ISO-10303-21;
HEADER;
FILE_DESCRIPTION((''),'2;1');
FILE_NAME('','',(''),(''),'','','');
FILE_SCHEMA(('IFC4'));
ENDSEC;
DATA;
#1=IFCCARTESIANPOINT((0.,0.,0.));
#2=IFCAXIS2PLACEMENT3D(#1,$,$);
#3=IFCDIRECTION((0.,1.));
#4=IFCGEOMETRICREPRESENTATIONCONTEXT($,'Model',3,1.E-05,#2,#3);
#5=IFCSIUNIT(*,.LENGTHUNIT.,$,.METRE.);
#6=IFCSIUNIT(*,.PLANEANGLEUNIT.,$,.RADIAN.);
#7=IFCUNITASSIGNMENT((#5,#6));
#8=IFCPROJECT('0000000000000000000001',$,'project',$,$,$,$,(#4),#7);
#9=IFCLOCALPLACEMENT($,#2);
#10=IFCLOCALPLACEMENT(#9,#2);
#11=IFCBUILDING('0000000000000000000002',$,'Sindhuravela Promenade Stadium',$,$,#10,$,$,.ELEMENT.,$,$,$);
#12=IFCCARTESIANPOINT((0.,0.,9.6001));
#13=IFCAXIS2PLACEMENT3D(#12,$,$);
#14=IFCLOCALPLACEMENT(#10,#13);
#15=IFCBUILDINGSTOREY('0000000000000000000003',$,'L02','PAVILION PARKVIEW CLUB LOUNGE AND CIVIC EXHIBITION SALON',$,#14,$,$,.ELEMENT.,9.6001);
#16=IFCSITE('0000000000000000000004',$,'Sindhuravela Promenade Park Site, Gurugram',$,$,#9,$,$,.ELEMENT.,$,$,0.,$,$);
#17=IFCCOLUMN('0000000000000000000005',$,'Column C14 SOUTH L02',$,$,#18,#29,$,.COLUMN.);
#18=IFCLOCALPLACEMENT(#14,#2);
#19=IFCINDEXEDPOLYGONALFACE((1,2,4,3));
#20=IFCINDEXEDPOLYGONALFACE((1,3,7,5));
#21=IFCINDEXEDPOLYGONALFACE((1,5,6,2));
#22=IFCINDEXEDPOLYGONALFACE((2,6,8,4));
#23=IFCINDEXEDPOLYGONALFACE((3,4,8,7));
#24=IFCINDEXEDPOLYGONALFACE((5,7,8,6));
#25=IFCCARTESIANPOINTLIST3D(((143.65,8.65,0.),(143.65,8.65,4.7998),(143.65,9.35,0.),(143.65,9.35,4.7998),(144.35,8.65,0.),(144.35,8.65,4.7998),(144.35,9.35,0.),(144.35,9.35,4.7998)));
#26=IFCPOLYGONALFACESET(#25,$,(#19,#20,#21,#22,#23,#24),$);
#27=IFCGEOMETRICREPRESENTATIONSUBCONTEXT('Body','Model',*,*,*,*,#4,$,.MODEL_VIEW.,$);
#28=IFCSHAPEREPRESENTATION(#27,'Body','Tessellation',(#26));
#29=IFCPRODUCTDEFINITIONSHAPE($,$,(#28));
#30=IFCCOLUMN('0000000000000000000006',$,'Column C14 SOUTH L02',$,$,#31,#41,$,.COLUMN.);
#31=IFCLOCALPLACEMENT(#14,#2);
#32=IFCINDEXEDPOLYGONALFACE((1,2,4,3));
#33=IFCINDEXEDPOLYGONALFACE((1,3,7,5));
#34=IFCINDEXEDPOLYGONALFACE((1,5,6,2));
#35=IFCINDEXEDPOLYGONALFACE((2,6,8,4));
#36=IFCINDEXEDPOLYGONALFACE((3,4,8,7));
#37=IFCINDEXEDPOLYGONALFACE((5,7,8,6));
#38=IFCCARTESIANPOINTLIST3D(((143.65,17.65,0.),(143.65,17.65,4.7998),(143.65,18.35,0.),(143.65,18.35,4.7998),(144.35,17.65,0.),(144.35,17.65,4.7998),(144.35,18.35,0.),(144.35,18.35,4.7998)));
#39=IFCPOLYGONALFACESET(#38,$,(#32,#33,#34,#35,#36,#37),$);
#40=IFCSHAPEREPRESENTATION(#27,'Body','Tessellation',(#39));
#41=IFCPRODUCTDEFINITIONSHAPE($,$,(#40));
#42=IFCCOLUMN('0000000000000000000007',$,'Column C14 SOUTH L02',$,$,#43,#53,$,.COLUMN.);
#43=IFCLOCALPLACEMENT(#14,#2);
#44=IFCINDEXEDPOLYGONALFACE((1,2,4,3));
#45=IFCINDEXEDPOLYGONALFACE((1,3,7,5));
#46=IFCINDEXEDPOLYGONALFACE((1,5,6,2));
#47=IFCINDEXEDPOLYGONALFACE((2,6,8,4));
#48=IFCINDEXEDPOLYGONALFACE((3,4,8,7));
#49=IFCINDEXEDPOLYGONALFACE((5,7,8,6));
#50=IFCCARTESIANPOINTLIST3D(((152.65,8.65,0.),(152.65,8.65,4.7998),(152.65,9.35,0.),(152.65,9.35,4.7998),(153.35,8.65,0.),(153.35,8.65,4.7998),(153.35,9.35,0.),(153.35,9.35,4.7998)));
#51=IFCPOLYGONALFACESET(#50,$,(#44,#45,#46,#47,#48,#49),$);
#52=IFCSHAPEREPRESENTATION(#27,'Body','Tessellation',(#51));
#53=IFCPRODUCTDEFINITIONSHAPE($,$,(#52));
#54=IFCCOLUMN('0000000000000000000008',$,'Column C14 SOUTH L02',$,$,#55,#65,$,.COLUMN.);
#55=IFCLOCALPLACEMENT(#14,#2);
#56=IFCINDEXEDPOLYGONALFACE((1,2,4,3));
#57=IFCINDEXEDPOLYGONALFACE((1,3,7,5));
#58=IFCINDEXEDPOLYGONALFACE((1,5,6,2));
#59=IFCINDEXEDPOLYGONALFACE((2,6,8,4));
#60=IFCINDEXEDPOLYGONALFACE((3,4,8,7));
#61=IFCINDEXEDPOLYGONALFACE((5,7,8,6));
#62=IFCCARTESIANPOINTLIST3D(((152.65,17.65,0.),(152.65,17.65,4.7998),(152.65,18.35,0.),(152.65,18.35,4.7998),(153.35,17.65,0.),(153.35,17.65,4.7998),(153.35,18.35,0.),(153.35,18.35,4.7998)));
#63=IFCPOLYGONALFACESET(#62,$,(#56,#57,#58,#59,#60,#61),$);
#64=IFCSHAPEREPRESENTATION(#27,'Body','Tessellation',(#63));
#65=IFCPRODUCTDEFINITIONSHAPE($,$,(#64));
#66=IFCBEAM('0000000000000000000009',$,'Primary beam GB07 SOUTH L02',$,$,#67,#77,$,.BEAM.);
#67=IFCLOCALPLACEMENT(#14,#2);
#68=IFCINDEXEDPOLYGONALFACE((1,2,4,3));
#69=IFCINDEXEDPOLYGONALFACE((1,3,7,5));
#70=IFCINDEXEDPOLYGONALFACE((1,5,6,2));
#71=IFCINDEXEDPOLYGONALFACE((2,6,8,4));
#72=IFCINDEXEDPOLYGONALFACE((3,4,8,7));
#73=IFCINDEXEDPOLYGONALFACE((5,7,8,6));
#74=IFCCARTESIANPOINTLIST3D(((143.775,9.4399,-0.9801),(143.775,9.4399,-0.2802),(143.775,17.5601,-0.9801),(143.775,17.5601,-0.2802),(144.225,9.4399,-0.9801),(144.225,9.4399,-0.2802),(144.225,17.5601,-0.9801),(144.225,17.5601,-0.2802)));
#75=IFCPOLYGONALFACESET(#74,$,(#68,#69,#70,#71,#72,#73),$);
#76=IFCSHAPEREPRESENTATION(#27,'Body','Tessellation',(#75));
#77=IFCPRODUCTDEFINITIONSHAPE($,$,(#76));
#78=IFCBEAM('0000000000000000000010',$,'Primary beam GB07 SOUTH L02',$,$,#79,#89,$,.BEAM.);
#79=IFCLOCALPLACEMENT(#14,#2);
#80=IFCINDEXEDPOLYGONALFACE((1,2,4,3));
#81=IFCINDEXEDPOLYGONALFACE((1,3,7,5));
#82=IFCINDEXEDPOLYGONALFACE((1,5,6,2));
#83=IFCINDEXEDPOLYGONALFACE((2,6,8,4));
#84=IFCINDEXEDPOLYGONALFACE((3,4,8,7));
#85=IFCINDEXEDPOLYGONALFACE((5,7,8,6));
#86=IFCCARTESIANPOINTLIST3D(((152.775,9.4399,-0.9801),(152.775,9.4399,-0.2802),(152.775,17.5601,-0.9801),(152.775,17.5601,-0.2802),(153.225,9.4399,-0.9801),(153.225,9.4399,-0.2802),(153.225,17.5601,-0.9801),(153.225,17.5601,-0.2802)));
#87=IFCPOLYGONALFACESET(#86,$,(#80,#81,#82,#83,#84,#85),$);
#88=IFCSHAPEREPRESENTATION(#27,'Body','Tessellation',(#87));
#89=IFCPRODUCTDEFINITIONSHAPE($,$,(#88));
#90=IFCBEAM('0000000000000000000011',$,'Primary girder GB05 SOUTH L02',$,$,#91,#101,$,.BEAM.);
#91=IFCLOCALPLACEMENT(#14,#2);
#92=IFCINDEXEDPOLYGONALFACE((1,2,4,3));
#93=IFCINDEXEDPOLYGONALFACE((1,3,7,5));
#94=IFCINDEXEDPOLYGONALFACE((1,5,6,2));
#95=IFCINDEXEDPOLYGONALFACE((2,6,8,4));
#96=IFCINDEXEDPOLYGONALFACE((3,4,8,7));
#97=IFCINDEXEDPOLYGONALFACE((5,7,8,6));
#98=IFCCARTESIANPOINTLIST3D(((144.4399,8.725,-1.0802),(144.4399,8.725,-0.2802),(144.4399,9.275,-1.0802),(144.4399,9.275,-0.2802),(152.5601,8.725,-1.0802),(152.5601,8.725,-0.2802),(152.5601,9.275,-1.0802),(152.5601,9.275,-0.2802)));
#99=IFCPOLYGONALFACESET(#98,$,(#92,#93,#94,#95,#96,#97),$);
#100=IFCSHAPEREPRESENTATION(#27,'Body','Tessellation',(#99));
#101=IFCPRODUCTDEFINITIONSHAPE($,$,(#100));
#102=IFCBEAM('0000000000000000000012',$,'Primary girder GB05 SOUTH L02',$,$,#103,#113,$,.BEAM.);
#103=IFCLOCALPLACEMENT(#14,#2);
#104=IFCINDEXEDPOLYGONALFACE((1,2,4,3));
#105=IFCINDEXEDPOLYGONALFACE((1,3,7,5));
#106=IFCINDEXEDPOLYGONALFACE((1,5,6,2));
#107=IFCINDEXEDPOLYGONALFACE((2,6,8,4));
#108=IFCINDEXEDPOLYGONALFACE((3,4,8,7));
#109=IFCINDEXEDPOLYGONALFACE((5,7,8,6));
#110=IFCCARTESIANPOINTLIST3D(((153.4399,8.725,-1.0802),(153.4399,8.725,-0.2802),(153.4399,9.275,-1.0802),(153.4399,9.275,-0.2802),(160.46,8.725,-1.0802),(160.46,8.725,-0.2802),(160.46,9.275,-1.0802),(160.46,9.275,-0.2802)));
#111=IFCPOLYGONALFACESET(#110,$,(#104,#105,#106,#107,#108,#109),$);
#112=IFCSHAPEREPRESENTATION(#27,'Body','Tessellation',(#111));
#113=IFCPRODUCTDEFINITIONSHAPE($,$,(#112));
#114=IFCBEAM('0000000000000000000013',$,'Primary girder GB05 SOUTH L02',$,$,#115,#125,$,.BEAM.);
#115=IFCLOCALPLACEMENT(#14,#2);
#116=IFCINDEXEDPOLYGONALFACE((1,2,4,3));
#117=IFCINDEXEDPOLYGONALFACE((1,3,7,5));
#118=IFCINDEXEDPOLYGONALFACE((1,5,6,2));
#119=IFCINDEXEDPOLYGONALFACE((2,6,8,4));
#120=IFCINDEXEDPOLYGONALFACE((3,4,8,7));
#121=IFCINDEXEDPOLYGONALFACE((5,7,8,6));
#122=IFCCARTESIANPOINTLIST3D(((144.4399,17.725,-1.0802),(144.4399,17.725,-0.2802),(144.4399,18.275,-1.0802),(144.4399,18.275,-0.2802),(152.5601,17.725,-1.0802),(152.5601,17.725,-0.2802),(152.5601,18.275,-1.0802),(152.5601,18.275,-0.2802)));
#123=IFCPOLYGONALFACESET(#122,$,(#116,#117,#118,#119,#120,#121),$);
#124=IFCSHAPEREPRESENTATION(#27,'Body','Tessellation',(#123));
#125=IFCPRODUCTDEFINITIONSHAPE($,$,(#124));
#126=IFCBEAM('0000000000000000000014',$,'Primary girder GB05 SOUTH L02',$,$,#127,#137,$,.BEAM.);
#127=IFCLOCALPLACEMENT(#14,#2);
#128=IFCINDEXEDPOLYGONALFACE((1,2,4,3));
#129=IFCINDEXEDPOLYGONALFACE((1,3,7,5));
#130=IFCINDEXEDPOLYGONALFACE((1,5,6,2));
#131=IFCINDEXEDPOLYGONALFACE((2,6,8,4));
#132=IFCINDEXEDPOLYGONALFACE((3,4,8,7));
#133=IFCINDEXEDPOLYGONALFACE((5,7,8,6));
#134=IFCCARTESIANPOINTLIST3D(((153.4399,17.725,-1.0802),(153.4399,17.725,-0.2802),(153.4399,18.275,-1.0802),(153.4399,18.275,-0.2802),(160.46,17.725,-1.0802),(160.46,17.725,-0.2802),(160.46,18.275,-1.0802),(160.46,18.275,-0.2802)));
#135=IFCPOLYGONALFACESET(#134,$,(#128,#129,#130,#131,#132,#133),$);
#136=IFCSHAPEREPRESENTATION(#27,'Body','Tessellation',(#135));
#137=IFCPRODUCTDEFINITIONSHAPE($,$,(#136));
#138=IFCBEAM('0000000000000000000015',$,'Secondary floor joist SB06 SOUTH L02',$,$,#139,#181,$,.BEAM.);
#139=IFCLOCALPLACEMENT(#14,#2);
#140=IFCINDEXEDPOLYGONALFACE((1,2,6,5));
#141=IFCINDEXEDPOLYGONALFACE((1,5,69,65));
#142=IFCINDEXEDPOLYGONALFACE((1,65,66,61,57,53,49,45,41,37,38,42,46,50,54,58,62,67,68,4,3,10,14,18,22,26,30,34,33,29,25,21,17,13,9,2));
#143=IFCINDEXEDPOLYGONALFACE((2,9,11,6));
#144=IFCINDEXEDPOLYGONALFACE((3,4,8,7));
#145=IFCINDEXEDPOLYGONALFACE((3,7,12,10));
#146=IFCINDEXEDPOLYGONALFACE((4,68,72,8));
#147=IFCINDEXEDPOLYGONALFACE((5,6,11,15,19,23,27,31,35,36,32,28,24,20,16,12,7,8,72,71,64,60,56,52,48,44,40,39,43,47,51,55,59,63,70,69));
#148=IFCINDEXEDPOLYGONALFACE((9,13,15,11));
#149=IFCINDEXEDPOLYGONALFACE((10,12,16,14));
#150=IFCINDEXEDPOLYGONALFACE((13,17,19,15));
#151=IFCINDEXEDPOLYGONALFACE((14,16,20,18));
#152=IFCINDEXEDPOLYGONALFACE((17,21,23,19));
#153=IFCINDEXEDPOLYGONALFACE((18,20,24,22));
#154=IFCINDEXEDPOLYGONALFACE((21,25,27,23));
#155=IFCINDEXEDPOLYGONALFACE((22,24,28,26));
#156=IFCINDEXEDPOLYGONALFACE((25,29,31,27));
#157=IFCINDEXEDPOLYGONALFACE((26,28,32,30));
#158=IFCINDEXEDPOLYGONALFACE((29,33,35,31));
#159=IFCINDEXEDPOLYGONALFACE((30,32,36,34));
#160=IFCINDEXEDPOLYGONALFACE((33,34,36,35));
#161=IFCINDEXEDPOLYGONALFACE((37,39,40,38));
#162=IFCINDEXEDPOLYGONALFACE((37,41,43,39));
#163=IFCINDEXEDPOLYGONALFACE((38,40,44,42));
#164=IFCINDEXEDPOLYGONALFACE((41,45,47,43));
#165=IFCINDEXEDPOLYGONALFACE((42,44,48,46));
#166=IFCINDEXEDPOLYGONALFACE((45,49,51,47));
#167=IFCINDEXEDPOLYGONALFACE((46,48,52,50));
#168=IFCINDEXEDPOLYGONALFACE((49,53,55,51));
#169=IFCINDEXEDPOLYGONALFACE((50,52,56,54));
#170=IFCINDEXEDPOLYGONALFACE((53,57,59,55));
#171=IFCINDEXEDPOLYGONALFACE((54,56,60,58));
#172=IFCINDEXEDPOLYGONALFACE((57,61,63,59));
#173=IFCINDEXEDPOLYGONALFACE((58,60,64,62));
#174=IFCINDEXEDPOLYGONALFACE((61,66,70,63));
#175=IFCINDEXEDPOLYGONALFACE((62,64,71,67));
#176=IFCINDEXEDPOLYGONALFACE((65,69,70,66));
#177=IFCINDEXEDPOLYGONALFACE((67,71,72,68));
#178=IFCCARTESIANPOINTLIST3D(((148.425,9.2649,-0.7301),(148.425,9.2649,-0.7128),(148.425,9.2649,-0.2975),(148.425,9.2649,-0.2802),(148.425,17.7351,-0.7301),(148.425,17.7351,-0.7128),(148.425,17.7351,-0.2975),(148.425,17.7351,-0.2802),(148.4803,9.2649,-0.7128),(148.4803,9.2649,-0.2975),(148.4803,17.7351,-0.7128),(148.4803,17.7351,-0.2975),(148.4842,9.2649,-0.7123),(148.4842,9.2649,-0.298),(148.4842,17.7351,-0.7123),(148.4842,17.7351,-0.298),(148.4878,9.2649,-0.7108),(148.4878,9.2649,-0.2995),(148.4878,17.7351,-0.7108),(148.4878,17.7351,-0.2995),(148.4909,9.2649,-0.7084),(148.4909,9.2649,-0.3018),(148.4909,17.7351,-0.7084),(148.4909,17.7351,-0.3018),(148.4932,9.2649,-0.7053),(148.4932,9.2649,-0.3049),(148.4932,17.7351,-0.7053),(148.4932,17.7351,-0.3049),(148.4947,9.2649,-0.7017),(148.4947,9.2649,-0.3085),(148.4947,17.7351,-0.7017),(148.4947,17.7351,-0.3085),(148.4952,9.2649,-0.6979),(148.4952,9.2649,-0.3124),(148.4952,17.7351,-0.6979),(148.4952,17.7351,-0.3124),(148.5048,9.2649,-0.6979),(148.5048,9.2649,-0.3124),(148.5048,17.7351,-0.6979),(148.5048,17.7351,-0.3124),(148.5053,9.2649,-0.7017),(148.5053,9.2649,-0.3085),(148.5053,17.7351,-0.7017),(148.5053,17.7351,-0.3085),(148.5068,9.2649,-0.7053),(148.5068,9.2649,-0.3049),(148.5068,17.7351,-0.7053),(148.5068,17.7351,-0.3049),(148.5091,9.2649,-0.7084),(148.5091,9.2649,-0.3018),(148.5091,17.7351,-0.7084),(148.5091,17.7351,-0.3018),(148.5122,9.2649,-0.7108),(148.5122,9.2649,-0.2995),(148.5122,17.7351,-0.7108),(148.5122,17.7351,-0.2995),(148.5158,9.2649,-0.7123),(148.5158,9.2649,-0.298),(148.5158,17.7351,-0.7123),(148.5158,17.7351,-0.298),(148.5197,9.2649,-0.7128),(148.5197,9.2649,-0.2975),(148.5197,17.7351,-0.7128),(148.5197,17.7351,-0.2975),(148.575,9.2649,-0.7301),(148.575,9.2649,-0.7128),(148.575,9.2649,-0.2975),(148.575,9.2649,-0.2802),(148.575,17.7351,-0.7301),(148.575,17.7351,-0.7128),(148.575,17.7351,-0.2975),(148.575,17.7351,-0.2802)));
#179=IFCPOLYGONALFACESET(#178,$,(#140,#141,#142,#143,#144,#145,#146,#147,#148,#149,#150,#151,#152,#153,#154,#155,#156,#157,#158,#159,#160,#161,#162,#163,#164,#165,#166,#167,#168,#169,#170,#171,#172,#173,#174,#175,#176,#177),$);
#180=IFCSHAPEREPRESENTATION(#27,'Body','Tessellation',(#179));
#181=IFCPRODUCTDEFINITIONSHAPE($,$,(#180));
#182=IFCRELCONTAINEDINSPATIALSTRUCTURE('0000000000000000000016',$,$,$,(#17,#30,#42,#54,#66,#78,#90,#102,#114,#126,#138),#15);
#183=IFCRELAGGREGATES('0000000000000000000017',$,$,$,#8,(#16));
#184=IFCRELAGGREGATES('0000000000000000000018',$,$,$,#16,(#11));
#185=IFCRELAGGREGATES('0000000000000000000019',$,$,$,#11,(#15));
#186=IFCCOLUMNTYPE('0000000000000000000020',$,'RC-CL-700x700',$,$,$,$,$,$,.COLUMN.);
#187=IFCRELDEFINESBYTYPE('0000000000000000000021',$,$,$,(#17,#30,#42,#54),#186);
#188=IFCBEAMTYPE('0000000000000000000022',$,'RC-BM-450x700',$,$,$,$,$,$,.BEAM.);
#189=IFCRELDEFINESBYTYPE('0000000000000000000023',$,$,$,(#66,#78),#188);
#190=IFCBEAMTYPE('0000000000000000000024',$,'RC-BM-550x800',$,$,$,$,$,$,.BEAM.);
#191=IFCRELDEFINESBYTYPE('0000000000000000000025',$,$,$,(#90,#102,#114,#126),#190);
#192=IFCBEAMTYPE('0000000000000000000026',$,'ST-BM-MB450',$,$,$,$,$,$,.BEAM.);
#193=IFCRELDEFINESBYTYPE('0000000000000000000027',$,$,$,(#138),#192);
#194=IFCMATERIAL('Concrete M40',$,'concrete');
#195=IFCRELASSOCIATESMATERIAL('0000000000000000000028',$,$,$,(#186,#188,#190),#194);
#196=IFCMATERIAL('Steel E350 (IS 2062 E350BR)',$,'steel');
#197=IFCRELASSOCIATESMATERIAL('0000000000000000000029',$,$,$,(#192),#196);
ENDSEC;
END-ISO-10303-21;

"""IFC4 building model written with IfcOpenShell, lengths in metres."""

from ifc_helpers import new_model, si_unit, direction, frame, origin, origin_2d, place, context, subcontext, project, spatial, rectangle, i_section, extrude, material, material_profile, profile_set, type_object, element, save


model = new_model("IFC4")

# Units and contexts
model_context = context("Model", 3, precision=1e-05, world=origin(), true_north=direction((0.0, 1.0)))
body_context = subcontext(model_context, "Body", "Model", "MODEL_VIEW")
ifc_project = project(units=[si_unit("LENGTHUNIT", "METRE"), si_unit("PLANEANGLEUNIT", "RADIAN")], contexts=[model_context])

# Site, building, storey
site_placement = place(None, origin())
site = spatial("IfcSite", under=ifc_project, at=site_placement, Name="Sindhuravela Promenade Park Site, Gurugram", CompositionType="ELEMENT", RefElevation=0.0)
building_placement = place(site_placement, origin())
building = spatial("IfcBuilding", under=site, at=building_placement, Name="Sindhuravela Promenade Stadium", CompositionType="ELEMENT")
storey_placement = place(building_placement, frame((0.0, 0.0, 9.6001)))
storey = spatial("IfcBuildingStorey", under=building, at=storey_placement, Name="L02", Description="PAVILION PARKVIEW CLUB LOUNGE AND CIVIC EXHIBITION SALON", CompositionType="ELEMENT", Elevation=9.6001)

# Columns
ifc_material_1 = material(Name="Concrete M40", Category="concrete")
ifc_material_profile_1 = material_profile(ifc_material_1, rectangle(XDim=0.7, YDim=0.7, at=origin_2d()), Name="RC 700x700")
ifc_profile_set_1 = profile_set([ifc_material_profile_1], Name="Concrete M40")
column_type = type_object("IfcColumnType", Name="RC-CL-700x700", PredefinedType="COLUMN", material=ifc_profile_set_1)
for number, where, z_axis, x_axis, name in (
    (1, (144.0, 9.0, 0.0), (0.0, 0.0, 1.0), (1.0, 0.0, 0.0), "Column C14 SOUTH L02"),
    (2, (144.0, 18.0, 0.0), (0.0, 0.0, 1.0), (1.0, 0.0, 0.0), "Column C14 SOUTH L02"),
    (3, (153.0, 9.0, 0.0), (0.0, 0.0, 1.0), (1.0, 0.0, 0.0), "Column C14 SOUTH L02"),
    (4, (153.0, 18.0, 0.0), (0.0, 0.0, 1.0), (1.0, 0.0, 0.0), "Column C14 SOUTH L02"),
):
    element("IfcColumn", number, at=place(storey_placement, frame(where, z_axis=z_axis, x_axis=x_axis)), inside=storey, type_object=column_type, Name=name, PredefinedType="COLUMN", context=body_context, shape_type="SweptSolid", body=[
        extrude(rectangle(XDim=0.7, YDim=0.7, at=origin_2d()), origin(), (0.0, 0.0, 1.0), 4.7998),
    ])

# Beams
ifc_material_profile_2 = material_profile(ifc_material_1, rectangle(XDim=0.45, YDim=0.7, at=origin_2d()), Name="RC 450x700")
ifc_profile_set_2 = profile_set([ifc_material_profile_2], Name="Concrete M40")
beam_type_1 = type_object("IfcBeamType", Name="RC-BM-450x700", PredefinedType="BEAM", material=ifc_profile_set_2)
for number, where, z_axis, x_axis, name in (
    (5, (144.0, 9.4399, -0.6301), (0.0, 1.0, 0.0), (-1.0, 0.0, 0.0), "Primary beam GB07 SOUTH L02"),
    (6, (153.0, 9.4399, -0.6301), (0.0, 1.0, 0.0), (-1.0, 0.0, 0.0), "Primary beam GB07 SOUTH L02"),
):
    element("IfcBeam", number, at=place(storey_placement, frame(where, z_axis=z_axis, x_axis=x_axis)), inside=storey, type_object=beam_type_1, Name=name, PredefinedType="BEAM", context=body_context, shape_type="SweptSolid", body=[
        extrude(rectangle(XDim=0.45, YDim=0.7, at=origin_2d()), origin(), (0.0, 0.0, 1.0), 8.1201),
    ])
ifc_material_profile_3 = material_profile(ifc_material_1, rectangle(XDim=0.55, YDim=0.8, at=origin_2d()), Name="RC 550x800")
ifc_profile_set_3 = profile_set([ifc_material_profile_3], Name="Concrete M40")
beam_type_2 = type_object("IfcBeamType", Name="RC-BM-550x800", PredefinedType="BEAM", material=ifc_profile_set_3)
beam_1_placement = place(storey_placement, frame((144.4399, 9.0, -0.6802), z_axis=(1.0, 0.0, 0.0), x_axis=(0.0, 1.0, 0.0)))
element("IfcBeam", 7, at=beam_1_placement, inside=storey, type_object=beam_type_2, Name="Primary girder GB05 SOUTH L02", PredefinedType="BEAM", context=body_context, shape_type="SweptSolid", body=[
    extrude(rectangle(XDim=0.55, YDim=0.8, at=origin_2d()), origin(), (0.0, 0.0, 1.0), 8.1201),
])
beam_2_placement = place(storey_placement, frame((153.4399, 9.0, -0.6802), z_axis=(1.0, 0.0, 0.0), x_axis=(0.0, 1.0, 0.0)))
element("IfcBeam", 8, at=beam_2_placement, inside=storey, type_object=beam_type_2, Name="Primary girder GB05 SOUTH L02", PredefinedType="BEAM", context=body_context, shape_type="SweptSolid", body=[
    extrude(rectangle(XDim=0.55, YDim=0.8, at=origin_2d()), origin(), (0.0, 0.0, 1.0), 7.02),
])
beam_3_placement = place(storey_placement, frame((144.4399, 18.0, -0.6802), z_axis=(1.0, 0.0, 0.0), x_axis=(0.0, 1.0, 0.0)))
element("IfcBeam", 9, at=beam_3_placement, inside=storey, type_object=beam_type_2, Name="Primary girder GB05 SOUTH L02", PredefinedType="BEAM", context=body_context, shape_type="SweptSolid", body=[
    extrude(rectangle(XDim=0.55, YDim=0.8, at=origin_2d()), origin(), (0.0, 0.0, 1.0), 8.1201),
])
beam_4_placement = place(storey_placement, frame((153.4399, 18.0, -0.6802), z_axis=(1.0, 0.0, 0.0), x_axis=(0.0, 1.0, 0.0)))
element("IfcBeam", 10, at=beam_4_placement, inside=storey, type_object=beam_type_2, Name="Primary girder GB05 SOUTH L02", PredefinedType="BEAM", context=body_context, shape_type="SweptSolid", body=[
    extrude(rectangle(XDim=0.55, YDim=0.8, at=origin_2d()), origin(), (0.0, 0.0, 1.0), 7.02),
])
ifc_material_2 = material(Name="Steel E350 (IS 2062 E350BR)", Category="steel")
ifc_material_profile_4 = material_profile(ifc_material_2, i_section(OverallWidth=0.1499, OverallDepth=0.45, WebThickness=0.0095, FlangeThickness=0.0173, FilletRadius=0.0149, at=origin_2d()), Name="ISMB 450")
ifc_profile_set_4 = profile_set([ifc_material_profile_4], Name="Steel E350 (IS 2062 E350BR)")
beam_type_3 = type_object("IfcBeamType", Name="ST-BM-MB450", PredefinedType="BEAM", material=ifc_profile_set_4)
for number, where, z_axis, x_axis, name in (
    (11, (148.5, 9.2649, -0.5051), (0.0, 1.0, 0.0), (-1.0, 0.0, 0.0), "Secondary floor joist SB06 SOUTH L02"),
):
    element("IfcBeam", number, at=place(storey_placement, frame(where, z_axis=z_axis, x_axis=x_axis)), inside=storey, type_object=beam_type_3, Name=name, PredefinedType="BEAM", context=body_context, shape_type="SweptSolid", body=[
        extrude(i_section(OverallWidth=0.1499, OverallDepth=0.45, WebThickness=0.0095, FlangeThickness=0.0173, FilletRadius=0.0149, at=origin_2d()), origin(), (0.0, 0.0, 1.0), 8.4702),
    ])

save(model, "model.ifc")
